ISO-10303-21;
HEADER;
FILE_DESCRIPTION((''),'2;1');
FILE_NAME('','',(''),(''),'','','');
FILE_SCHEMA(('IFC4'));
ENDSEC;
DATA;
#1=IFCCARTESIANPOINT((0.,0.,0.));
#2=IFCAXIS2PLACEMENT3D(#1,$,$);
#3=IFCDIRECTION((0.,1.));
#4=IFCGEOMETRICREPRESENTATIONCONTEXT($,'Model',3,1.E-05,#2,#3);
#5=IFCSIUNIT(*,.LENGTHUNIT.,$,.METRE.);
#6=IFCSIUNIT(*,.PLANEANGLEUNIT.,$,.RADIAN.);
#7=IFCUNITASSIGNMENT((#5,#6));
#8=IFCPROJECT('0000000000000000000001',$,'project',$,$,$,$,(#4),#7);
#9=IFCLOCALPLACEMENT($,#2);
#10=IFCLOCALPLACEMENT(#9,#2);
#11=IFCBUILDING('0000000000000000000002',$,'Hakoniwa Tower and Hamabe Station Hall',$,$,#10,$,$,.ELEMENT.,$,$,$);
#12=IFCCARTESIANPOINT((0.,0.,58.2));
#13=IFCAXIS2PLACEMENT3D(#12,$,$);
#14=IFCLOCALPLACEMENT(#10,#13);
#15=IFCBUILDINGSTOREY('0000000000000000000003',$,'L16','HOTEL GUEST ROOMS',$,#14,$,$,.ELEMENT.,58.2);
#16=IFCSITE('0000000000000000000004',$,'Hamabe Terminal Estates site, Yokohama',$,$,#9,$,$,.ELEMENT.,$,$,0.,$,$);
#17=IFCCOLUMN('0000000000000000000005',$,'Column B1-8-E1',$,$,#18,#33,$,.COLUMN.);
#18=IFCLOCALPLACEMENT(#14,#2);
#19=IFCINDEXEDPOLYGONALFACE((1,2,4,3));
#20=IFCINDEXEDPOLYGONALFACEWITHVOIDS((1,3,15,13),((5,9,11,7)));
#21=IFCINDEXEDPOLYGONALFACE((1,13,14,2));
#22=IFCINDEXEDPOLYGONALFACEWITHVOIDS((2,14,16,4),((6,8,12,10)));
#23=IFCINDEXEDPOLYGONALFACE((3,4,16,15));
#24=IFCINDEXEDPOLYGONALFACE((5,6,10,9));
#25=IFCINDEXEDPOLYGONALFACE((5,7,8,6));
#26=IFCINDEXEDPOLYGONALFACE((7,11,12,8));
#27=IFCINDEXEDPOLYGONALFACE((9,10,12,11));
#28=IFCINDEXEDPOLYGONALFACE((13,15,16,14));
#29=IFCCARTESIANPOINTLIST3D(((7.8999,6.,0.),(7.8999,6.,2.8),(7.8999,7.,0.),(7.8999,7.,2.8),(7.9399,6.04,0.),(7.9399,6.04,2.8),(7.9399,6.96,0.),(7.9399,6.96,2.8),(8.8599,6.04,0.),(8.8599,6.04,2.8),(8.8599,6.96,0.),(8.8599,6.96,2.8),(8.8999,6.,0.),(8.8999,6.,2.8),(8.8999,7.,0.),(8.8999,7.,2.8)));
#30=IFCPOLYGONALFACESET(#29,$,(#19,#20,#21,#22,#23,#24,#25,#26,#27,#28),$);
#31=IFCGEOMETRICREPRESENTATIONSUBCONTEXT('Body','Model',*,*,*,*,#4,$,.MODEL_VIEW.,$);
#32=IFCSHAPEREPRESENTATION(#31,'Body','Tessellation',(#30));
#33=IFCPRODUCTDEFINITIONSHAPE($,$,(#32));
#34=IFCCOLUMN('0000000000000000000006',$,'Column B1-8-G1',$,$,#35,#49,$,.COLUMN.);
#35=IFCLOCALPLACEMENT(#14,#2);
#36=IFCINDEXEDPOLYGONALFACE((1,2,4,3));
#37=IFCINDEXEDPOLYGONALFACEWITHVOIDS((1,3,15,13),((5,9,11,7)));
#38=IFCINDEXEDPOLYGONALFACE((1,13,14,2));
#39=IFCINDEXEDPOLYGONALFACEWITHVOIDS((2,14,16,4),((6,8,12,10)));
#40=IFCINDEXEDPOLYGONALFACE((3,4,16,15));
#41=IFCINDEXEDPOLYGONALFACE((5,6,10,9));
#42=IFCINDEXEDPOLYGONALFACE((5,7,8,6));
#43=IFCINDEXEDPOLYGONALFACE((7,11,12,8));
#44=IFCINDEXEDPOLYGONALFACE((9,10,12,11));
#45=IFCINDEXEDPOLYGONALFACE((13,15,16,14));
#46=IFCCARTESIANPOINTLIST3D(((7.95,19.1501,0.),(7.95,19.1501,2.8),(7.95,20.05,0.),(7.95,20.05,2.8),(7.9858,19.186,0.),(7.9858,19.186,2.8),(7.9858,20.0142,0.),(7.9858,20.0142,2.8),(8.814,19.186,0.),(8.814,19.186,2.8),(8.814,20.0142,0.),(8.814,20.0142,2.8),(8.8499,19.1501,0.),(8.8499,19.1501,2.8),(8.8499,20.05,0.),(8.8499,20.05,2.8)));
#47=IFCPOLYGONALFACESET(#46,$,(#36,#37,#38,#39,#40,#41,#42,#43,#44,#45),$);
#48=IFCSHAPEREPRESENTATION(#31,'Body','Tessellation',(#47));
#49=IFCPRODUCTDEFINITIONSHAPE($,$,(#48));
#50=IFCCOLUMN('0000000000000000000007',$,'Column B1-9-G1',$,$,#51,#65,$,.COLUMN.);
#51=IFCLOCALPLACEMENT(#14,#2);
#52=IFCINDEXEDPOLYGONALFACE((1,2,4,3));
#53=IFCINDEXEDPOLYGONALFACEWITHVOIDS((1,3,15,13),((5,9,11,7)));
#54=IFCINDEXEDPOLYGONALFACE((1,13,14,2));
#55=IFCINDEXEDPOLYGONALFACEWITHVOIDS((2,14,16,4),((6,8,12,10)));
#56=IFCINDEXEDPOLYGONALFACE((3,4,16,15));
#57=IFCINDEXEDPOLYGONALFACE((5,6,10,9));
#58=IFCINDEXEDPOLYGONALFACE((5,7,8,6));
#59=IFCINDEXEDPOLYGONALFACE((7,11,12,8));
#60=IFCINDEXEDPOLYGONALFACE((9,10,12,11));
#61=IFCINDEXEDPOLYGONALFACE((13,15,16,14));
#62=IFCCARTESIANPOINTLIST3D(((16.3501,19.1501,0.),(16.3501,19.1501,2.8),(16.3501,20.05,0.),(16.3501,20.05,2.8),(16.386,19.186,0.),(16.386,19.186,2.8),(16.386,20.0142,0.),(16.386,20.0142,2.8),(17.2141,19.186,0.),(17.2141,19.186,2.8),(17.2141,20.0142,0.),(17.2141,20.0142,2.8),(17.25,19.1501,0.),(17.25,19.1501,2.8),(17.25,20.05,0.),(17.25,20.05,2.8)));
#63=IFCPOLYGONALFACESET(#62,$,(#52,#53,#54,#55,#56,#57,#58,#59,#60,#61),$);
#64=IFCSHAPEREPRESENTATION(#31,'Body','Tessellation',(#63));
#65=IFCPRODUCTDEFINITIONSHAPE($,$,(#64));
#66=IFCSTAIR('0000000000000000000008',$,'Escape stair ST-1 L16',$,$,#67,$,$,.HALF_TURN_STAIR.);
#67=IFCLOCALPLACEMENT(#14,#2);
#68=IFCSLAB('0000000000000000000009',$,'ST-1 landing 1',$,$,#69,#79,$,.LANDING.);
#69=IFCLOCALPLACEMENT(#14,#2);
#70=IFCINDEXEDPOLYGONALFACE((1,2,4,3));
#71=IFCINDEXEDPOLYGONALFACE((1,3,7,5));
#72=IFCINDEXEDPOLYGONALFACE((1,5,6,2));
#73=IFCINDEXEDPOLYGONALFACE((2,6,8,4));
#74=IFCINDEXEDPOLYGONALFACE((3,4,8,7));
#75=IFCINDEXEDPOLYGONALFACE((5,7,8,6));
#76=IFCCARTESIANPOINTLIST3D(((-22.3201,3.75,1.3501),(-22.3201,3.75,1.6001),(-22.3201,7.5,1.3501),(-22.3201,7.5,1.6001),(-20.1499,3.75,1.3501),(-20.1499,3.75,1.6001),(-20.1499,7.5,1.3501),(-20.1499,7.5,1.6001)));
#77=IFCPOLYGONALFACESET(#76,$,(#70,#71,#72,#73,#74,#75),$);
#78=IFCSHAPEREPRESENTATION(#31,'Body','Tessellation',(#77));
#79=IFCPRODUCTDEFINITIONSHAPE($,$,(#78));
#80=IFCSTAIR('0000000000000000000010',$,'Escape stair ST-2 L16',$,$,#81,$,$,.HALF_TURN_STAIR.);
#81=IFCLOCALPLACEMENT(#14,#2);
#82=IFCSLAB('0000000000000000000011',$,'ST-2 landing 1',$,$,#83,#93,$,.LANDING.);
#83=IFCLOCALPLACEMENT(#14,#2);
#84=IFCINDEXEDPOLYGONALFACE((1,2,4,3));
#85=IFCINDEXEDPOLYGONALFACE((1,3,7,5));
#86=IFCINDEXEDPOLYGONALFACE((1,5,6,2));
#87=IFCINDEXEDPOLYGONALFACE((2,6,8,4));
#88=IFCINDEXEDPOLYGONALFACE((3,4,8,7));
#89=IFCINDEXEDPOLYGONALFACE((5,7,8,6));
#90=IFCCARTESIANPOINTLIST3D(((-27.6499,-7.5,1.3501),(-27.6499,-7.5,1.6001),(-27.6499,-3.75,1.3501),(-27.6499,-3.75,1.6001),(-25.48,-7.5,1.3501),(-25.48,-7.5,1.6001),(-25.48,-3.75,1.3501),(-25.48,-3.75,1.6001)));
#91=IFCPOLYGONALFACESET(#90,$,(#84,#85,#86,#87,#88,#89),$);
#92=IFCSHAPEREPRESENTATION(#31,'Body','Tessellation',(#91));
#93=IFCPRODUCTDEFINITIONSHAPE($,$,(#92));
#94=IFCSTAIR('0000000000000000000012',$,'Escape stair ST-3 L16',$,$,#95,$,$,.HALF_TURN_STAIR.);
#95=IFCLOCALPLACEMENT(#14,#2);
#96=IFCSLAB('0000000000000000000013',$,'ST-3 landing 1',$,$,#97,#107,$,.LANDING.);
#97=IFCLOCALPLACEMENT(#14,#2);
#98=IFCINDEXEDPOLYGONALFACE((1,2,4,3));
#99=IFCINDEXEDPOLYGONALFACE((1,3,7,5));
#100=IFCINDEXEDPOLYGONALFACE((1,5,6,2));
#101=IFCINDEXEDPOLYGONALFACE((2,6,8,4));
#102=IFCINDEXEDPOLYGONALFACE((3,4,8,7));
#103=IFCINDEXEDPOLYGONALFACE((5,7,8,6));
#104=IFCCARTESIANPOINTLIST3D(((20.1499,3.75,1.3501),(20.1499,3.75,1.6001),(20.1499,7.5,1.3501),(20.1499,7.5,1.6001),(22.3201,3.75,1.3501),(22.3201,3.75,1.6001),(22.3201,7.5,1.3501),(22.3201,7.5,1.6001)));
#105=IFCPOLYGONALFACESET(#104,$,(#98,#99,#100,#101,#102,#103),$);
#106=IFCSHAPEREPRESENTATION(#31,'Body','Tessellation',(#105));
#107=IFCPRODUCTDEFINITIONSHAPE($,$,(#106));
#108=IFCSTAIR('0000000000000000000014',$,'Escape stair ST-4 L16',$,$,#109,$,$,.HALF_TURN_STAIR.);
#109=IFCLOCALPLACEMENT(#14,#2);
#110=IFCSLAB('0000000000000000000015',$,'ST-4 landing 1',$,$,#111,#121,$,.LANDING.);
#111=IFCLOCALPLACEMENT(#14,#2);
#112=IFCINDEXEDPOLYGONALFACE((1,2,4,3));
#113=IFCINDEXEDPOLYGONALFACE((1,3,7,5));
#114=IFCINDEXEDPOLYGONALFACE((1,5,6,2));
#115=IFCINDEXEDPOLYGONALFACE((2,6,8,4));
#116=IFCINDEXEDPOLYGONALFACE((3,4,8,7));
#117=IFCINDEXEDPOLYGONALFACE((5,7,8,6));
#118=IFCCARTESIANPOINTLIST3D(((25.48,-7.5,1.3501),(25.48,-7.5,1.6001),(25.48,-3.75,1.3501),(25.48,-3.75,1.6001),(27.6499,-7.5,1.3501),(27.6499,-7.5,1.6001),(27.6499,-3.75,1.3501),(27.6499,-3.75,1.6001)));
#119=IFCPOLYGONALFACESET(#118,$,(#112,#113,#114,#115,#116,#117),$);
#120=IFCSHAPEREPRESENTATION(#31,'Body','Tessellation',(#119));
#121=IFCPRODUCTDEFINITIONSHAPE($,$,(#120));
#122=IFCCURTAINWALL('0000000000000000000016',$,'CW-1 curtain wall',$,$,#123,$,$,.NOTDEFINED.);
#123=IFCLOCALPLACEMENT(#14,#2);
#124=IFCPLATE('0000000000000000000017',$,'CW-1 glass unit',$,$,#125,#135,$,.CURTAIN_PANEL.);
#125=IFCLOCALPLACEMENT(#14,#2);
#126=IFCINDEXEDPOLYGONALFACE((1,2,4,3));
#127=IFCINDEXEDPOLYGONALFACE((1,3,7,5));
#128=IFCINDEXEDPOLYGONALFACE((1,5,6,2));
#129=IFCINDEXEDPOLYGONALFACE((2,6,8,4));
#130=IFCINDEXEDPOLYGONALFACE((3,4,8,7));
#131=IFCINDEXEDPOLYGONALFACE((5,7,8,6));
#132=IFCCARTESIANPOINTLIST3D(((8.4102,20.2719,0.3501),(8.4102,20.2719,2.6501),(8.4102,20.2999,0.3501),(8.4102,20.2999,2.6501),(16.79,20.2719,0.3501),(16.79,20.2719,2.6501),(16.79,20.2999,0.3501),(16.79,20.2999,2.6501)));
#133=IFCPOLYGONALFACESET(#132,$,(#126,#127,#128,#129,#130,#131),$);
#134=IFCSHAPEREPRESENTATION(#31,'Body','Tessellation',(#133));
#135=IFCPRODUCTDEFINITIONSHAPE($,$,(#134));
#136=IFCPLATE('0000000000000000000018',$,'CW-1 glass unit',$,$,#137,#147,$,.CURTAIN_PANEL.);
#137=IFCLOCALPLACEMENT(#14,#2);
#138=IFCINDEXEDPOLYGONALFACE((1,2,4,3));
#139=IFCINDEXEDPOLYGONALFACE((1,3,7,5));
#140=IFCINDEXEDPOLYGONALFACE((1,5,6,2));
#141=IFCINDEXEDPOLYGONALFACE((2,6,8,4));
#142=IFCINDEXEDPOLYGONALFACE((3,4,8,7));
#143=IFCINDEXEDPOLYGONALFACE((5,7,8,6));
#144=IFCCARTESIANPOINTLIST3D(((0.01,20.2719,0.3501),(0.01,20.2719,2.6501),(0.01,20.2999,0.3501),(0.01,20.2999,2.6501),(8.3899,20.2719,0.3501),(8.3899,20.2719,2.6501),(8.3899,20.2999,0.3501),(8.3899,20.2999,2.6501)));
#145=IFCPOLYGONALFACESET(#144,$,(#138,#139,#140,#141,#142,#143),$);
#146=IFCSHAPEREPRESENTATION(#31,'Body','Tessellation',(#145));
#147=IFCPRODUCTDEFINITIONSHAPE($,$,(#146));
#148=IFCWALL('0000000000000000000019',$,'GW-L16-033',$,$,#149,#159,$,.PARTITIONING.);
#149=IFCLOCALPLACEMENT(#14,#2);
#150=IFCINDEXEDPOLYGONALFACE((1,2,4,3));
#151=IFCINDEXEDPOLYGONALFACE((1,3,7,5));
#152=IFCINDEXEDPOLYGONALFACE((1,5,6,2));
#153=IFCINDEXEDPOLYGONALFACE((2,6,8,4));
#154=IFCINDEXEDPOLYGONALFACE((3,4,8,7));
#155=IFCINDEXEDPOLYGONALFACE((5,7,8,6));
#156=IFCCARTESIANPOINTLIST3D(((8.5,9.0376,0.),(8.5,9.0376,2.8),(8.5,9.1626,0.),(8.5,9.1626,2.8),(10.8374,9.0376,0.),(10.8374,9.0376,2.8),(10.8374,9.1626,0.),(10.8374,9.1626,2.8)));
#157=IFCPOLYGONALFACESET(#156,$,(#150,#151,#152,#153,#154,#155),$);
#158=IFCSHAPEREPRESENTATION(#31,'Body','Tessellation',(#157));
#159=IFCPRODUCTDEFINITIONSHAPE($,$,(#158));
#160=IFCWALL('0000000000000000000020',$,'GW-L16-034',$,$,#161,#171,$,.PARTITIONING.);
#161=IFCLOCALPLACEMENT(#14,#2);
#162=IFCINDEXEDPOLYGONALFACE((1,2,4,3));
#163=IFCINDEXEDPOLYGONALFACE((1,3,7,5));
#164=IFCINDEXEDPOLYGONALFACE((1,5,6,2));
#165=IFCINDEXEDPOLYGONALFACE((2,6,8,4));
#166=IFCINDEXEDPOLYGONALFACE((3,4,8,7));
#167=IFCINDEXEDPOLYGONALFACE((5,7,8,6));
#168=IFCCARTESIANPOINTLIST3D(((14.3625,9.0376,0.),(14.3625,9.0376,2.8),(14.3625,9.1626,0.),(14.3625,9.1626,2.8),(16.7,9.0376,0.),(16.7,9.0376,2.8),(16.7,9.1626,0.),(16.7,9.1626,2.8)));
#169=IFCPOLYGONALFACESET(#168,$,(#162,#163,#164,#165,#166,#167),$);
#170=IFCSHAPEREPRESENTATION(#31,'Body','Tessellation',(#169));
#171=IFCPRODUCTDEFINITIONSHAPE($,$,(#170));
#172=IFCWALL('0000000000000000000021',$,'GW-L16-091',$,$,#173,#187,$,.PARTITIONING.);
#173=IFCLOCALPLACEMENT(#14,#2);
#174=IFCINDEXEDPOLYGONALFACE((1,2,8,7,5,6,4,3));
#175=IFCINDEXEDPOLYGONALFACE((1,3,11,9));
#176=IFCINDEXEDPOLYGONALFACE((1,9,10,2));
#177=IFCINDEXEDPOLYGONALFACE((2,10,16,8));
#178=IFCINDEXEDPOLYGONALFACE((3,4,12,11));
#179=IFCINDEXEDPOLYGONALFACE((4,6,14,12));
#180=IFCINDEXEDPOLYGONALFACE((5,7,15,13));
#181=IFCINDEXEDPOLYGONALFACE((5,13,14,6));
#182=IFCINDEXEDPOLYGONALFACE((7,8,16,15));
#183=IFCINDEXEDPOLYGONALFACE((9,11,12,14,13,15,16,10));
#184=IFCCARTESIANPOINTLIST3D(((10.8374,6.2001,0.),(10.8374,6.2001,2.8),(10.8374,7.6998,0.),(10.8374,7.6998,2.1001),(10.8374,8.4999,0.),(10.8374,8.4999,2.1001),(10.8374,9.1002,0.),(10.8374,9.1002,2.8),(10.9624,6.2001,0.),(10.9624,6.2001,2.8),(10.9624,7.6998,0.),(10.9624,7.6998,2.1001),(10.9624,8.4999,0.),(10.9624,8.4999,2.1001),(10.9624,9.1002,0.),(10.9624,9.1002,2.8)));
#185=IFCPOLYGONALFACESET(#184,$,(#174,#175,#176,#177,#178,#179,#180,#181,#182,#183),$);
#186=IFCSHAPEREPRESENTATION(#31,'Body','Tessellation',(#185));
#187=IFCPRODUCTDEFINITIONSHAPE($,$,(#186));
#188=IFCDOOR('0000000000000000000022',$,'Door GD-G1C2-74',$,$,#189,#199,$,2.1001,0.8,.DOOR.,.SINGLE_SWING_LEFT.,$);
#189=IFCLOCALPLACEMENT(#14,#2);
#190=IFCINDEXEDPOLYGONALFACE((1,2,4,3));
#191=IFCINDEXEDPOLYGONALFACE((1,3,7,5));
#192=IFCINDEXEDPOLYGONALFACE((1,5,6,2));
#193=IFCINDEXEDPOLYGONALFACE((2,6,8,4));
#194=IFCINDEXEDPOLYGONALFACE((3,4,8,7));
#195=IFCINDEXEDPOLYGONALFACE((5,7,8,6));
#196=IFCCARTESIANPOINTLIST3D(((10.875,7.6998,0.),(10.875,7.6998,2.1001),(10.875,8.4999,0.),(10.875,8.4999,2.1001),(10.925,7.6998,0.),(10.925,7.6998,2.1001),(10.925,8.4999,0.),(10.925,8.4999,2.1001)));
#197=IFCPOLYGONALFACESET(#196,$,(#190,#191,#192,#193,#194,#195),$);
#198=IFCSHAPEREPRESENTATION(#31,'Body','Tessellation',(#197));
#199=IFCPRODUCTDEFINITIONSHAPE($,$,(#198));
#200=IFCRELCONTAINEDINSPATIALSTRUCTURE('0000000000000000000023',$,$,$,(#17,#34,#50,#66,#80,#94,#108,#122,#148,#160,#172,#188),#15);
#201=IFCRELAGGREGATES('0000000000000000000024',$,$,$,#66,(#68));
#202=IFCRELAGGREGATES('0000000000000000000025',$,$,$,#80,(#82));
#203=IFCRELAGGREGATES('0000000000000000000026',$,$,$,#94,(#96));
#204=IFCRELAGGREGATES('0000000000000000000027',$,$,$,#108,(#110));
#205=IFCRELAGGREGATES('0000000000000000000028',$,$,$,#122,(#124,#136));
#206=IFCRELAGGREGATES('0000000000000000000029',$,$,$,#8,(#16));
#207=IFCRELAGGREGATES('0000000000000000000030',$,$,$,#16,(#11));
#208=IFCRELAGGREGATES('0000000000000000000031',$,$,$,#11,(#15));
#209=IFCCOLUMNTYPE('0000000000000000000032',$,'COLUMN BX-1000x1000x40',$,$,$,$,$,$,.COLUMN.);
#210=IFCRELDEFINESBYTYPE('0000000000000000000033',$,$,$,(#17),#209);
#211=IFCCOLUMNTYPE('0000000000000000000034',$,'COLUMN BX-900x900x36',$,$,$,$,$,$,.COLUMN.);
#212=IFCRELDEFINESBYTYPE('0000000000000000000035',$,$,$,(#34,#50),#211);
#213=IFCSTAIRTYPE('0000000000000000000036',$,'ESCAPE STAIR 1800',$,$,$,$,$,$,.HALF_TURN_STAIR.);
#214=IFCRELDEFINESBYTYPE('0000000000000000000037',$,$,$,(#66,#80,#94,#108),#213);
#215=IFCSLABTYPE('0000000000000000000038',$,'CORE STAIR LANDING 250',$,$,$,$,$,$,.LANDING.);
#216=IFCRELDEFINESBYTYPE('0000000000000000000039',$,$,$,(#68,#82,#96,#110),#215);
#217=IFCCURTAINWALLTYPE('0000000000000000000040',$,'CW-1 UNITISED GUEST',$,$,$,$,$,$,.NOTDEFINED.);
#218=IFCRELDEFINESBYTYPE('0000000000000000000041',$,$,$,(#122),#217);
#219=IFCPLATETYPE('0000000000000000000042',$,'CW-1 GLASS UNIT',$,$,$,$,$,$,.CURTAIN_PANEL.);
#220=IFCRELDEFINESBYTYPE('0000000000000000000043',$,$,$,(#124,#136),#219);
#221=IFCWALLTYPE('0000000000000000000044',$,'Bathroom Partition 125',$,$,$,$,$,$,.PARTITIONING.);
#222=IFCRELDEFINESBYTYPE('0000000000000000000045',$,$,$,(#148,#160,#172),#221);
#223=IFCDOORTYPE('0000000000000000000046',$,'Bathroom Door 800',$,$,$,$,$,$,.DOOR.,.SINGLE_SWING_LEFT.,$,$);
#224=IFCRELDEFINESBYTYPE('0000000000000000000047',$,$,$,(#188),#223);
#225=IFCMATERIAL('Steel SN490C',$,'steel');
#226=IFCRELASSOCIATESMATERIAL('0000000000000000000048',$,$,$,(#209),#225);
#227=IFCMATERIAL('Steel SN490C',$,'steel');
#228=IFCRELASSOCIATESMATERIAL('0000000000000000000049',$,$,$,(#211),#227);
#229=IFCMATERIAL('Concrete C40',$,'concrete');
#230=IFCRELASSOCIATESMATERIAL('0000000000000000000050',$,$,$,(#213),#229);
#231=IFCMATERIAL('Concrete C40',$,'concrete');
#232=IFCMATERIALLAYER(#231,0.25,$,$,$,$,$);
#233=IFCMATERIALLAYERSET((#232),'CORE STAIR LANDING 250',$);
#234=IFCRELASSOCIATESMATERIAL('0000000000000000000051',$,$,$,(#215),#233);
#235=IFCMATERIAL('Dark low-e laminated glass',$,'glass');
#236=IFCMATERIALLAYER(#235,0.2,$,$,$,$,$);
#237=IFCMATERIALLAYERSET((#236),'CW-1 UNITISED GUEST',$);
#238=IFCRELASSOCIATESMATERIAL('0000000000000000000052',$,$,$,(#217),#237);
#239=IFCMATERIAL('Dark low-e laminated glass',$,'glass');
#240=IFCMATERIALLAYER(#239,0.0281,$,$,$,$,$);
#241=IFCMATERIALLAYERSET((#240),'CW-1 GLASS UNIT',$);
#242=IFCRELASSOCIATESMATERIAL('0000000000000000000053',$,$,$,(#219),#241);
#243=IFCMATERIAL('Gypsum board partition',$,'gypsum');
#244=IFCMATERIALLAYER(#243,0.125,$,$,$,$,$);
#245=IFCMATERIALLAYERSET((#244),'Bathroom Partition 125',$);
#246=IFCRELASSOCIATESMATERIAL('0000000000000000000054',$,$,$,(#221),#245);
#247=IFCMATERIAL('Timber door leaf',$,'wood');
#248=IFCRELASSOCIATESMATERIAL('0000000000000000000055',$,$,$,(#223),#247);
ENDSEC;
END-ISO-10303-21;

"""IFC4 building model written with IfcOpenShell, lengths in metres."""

from ifc_helpers import new_model, si_unit, direction, frame, frame_2d, origin, origin_2d, place, context, subcontext, project, spatial, polyline, rectangle, hollow_rectangle, outline, extrude, material, layer, layer_set, material_profile, profile_set, type_object, element, fill, aggregate, save


model = new_model("IFC4")

# Units and contexts
model_context = context("Model", 3, precision=1e-05, world=origin(), true_north=direction((0.0, 1.0)))
body_context = subcontext(model_context, "Body", "Model", "MODEL_VIEW")
ifc_project = project(units=[si_unit("LENGTHUNIT", "METRE"), si_unit("PLANEANGLEUNIT", "RADIAN")], contexts=[model_context])

# Site, building, storey
site_placement = place(None, origin())
site = spatial("IfcSite", under=ifc_project, at=site_placement, Name="Hamabe Terminal Estates site, Yokohama", CompositionType="ELEMENT", RefElevation=0.0)
building_placement = place(site_placement, origin())
building = spatial("IfcBuilding", under=site, at=building_placement, Name="Hakoniwa Tower and Hamabe Station Hall", CompositionType="ELEMENT")
storey_placement = place(building_placement, frame((0.0, 0.0, 58.2)))
storey = spatial("IfcBuildingStorey", under=building, at=storey_placement, Name="L16", Description="HOTEL GUEST ROOMS", CompositionType="ELEMENT", Elevation=58.2)

# Columns
ifc_material_1 = material(Name="Steel SN490C", Category="steel")
ifc_material_profile_1 = material_profile(ifc_material_1, hollow_rectangle(XDim=1.0, YDim=1.0, WallThickness=0.04, at=origin_2d()), Name="BX-1000x1000x40")
ifc_profile_set_1 = profile_set([ifc_material_profile_1], Name="Steel SN490C")
column_type_1 = type_object("IfcColumnType", Name="COLUMN BX-1000x1000x40", PredefinedType="COLUMN", material=ifc_profile_set_1)
column_placement = place(storey_placement, frame((8.3999, 6.5, 0.0), z_axis=(0.0, 0.0, 1.0), x_axis=(1.0, 0.0, 0.0)))
element("IfcColumn", 1, at=column_placement, inside=storey, type_object=column_type_1, Name="Column B1-8-E1", PredefinedType="COLUMN", context=body_context, shape_type="SweptSolid", body=[
    extrude(hollow_rectangle(XDim=1.0, YDim=1.0, WallThickness=0.04, at=origin_2d()), origin(), (0.0, 0.0, 1.0), 2.8),
])
ifc_material_2 = material(Name="Steel SN490C", Category="steel")
ifc_material_profile_2 = material_profile(ifc_material_2, hollow_rectangle(XDim=0.8999, YDim=0.8999, WallThickness=0.0359, at=origin_2d()), Name="BX-900x900x36")
ifc_profile_set_2 = profile_set([ifc_material_profile_2], Name="Steel SN490C")
column_type_2 = type_object("IfcColumnType", Name="COLUMN BX-900x900x36", PredefinedType="COLUMN", material=ifc_profile_set_2)
for number, where, z_axis, x_axis, name in (
    (2, (8.3999, 19.6001, 0.0), (0.0, 0.0, 1.0), (1.0, 0.0, 0.0), "Column B1-8-G1"),
    (3, (16.8, 19.6001, 0.0), (0.0, 0.0, 1.0), (1.0, 0.0, 0.0), "Column B1-9-G1"),
):
    element("IfcColumn", number, at=place(storey_placement, frame(where, z_axis=z_axis, x_axis=x_axis)), inside=storey, type_object=column_type_2, Name=name, PredefinedType="COLUMN", context=body_context, shape_type="SweptSolid", body=[
        extrude(hollow_rectangle(XDim=0.8999, YDim=0.8999, WallThickness=0.0359, at=origin_2d()), origin(), (0.0, 0.0, 1.0), 2.8),
    ])

# Stairs, slabs
ifc_material_3 = material(Name="Concrete C40", Category="concrete")
stair_type = type_object("IfcStairType", Name="ESCAPE STAIR 1800", PredefinedType="HALF_TURN_STAIR", material=ifc_material_3)
stair_1_placement = place(storey_placement, origin())
stair_1 = element("IfcStair", 4, at=stair_1_placement, inside=storey, type_object=stair_type, Name="Escape stair ST-1 L16", PredefinedType="HALF_TURN_STAIR")
ifc_material_4 = material(Name="Concrete C40", Category="concrete")
ifc_layer_1 = layer(ifc_material_4, 0.25)
ifc_layer_set_1 = layer_set([ifc_layer_1], Name="CORE STAIR LANDING 250")
slab_type = type_object("IfcSlabType", Name="CORE STAIR LANDING 250", PredefinedType="LANDING", material=ifc_layer_set_1)
slab_1_placement = place(storey_placement, frame((0.0, 0.0, 1.3501)))
slab_1 = element("IfcSlab", 5, at=slab_1_placement, type_object=slab_type, Name="ST-1 landing 1", PredefinedType="LANDING", context=body_context, shape_type="SweptSolid", body=[
    extrude(outline(polyline([(-22.3201, 3.75), (-20.1499, 3.75), (-20.1499, 7.5), (-22.3201, 7.5), (-22.3201, 3.75)])), origin(), (0.0, 0.0, 1.0), 0.25),
])
aggregate(stair_1, [slab_1])
stair_2_placement = place(storey_placement, origin())
stair_2 = element("IfcStair", 6, at=stair_2_placement, inside=storey, type_object=stair_type, Name="Escape stair ST-2 L16", PredefinedType="HALF_TURN_STAIR")
slab_2_placement = place(storey_placement, frame((0.0, 0.0, 1.3501)))
slab_2 = element("IfcSlab", 7, at=slab_2_placement, type_object=slab_type, Name="ST-2 landing 1", PredefinedType="LANDING", context=body_context, shape_type="SweptSolid", body=[
    extrude(outline(polyline([(-25.48, -7.5), (-27.6499, -7.5), (-27.6499, -3.75), (-25.48, -3.75), (-25.48, -7.5)])), origin(), (0.0, 0.0, 1.0), 0.25),
])
aggregate(stair_2, [slab_2])
stair_3_placement = place(storey_placement, origin())
stair_3 = element("IfcStair", 8, at=stair_3_placement, inside=storey, type_object=stair_type, Name="Escape stair ST-3 L16", PredefinedType="HALF_TURN_STAIR")
slab_3_placement = place(storey_placement, frame((0.0, 0.0, 1.3501)))
slab_3 = element("IfcSlab", 9, at=slab_3_placement, type_object=slab_type, Name="ST-3 landing 1", PredefinedType="LANDING", context=body_context, shape_type="SweptSolid", body=[
    extrude(outline(polyline([(22.3201, 3.75), (20.1499, 3.75), (20.1499, 7.5), (22.3201, 7.5), (22.3201, 3.75)])), origin(), (0.0, 0.0, 1.0), 0.25),
])
aggregate(stair_3, [slab_3])
stair_4_placement = place(storey_placement, origin())
stair_4 = element("IfcStair", 10, at=stair_4_placement, inside=storey, type_object=stair_type, Name="Escape stair ST-4 L16", PredefinedType="HALF_TURN_STAIR")
slab_4_placement = place(storey_placement, frame((0.0, 0.0, 1.3501)))
slab_4 = element("IfcSlab", 11, at=slab_4_placement, type_object=slab_type, Name="ST-4 landing 1", PredefinedType="LANDING", context=body_context, shape_type="SweptSolid", body=[
    extrude(outline(polyline([(25.48, -7.5), (27.6499, -7.5), (27.6499, -3.75), (25.48, -3.75), (25.48, -7.5)])), origin(), (0.0, 0.0, 1.0), 0.25),
])
aggregate(stair_4, [slab_4])

# Curtain wall, plates
ifc_material_5 = material(Name="Dark low-e laminated glass", Category="glass")
ifc_layer_2 = layer(ifc_material_5, 0.2)
ifc_layer_set_2 = layer_set([ifc_layer_2], Name="CW-1 UNITISED GUEST")
curtain_wall_type = type_object("IfcCurtainWallType", Name="CW-1 UNITISED GUEST", PredefinedType="NOTDEFINED", material=ifc_layer_set_2)
curtain_wall_placement = place(storey_placement, origin())
curtain_wall = element("IfcCurtainWall", 12, at=curtain_wall_placement, inside=storey, type_object=curtain_wall_type, Name="CW-1 curtain wall", PredefinedType="NOTDEFINED")
ifc_material_6 = material(Name="Dark low-e laminated glass", Category="glass")
ifc_layer_3 = layer(ifc_material_6, 0.0281)
ifc_layer_set_3 = layer_set([ifc_layer_3], Name="CW-1 GLASS UNIT")
plate_type = type_object("IfcPlateType", Name="CW-1 GLASS UNIT", PredefinedType="CURTAIN_PANEL", material=ifc_layer_set_3)
plate_1_placement = place(storey_placement, frame((12.6001, 20.2859, 0.3501), z_axis=(0.0, 0.0, 1.0), x_axis=(-1.0, 0.0, 0.0)))
plate_1 = element("IfcPlate", 13, at=plate_1_placement, type_object=plate_type, Name="CW-1 glass unit", PredefinedType="CURTAIN_PANEL", context=body_context, shape_type="SweptSolid", body=[
    extrude(rectangle(XDim=8.3799, YDim=0.0281, at=origin_2d()), origin(), (0.0, 0.0, 1.0), 2.3),
])
plate_2_placement = place(storey_placement, frame((4.2, 20.2859, 0.3501), z_axis=(0.0, 0.0, 1.0), x_axis=(-1.0, 0.0, 0.0)))
plate_2 = element("IfcPlate", 14, at=plate_2_placement, type_object=plate_type, Name="CW-1 glass unit", PredefinedType="CURTAIN_PANEL", context=body_context, shape_type="SweptSolid", body=[
    extrude(rectangle(XDim=8.3799, YDim=0.0281, at=origin_2d()), origin(), (0.0, 0.0, 1.0), 2.3),
])
aggregate(curtain_wall, [plate_1, plate_2])

# Walls
ifc_material_7 = material(Name="Gypsum board partition", Category="gypsum")
ifc_layer_4 = layer(ifc_material_7, 0.125)
ifc_layer_set_4 = layer_set([ifc_layer_4], Name="Bathroom Partition 125")
wall_type_1 = type_object("IfcWallType", Name="Bathroom Partition 125", PredefinedType="PARTITIONING", material=ifc_layer_set_4)
for number, where, z_axis, x_axis, name in (
    (15, (8.5, 9.1001, 0.0), (0.0, 0.0, 1.0), (1.0, 0.0, 0.0), "GW-L16-033"),
    (16, (14.3625, 9.1001, 0.0), (0.0, 0.0, 1.0), (1.0, 0.0, 0.0), "GW-L16-034"),
):
    element("IfcWall", number, at=place(storey_placement, frame(where, z_axis=z_axis, x_axis=x_axis)), inside=storey, type_object=wall_type_1, Name=name, PredefinedType="PARTITIONING", context=body_context, shape_type="SweptSolid", body=[
        extrude(rectangle(XDim=2.3374, YDim=0.125, at=frame_2d((1.1687, 0.0))), origin(), (0.0, 0.0, 1.0), 2.8),
    ])

# Wall, opening, door
wall_1_placement = place(storey_placement, frame((10.8999, 6.2, 0.0), z_axis=(0.0, 0.0, 1.0), x_axis=(0.0, 1.0, 0.0)))
wall_1 = element("IfcWall", 17, at=wall_1_placement, inside=storey, type_object=wall_type_1, Name="GW-L16-091", PredefinedType="PARTITIONING", context=body_context, shape_type="SweptSolid", body=[
    extrude(rectangle(XDim=2.9001, YDim=0.125, at=frame_2d((1.4502, 0.0))), origin(), (0.0, 0.0, 1.0), 2.8),
])
opening_1_placement = place(wall_1_placement, frame((1.5, 0.0, 0.0)))
opening_1 = element("IfcOpeningElement", 18, at=opening_1_placement, cuts=wall_1, PredefinedType="OPENING", context=body_context, shape_type="SweptSolid", body=[
    extrude(rectangle(XDim=0.8, YDim=2.1001, at=frame_2d((0.3999, 1.05))), frame((0.0, 0.0725, 0.0), z_axis=(0.0, -1.0, 0.0), x_axis=(1.0, 0.0, 0.0)), (0.0, 0.0, 1.0), 0.145),
])
ifc_material_8 = material(Name="Timber door leaf", Category="wood")
door_type_1 = type_object("IfcDoorType", Name="Bathroom Door 800", OperationType="SINGLE_SWING_LEFT", PredefinedType="DOOR", material=ifc_material_8)
door_1_placement = place(opening_1_placement, origin())
door_1 = element("IfcDoor", 19, at=door_1_placement, inside=storey, type_object=door_type_1, Name="Door GD-G1C2-74", OperationType="SINGLE_SWING_LEFT", OverallHeight=2.1001, OverallWidth=0.8, PredefinedType="DOOR", context=body_context, shape_type="SweptSolid", body=[
    extrude(rectangle(XDim=0.8, YDim=2.1001, at=frame_2d((0.3999, 1.05))), frame((0.0, 0.0249, 0.0), z_axis=(0.0, -1.0, 0.0), x_axis=(1.0, 0.0, 0.0)), (0.0, 0.0, 1.0), 0.05),
])
fill(opening_1, door_1)

save(model, "model.ifc")
